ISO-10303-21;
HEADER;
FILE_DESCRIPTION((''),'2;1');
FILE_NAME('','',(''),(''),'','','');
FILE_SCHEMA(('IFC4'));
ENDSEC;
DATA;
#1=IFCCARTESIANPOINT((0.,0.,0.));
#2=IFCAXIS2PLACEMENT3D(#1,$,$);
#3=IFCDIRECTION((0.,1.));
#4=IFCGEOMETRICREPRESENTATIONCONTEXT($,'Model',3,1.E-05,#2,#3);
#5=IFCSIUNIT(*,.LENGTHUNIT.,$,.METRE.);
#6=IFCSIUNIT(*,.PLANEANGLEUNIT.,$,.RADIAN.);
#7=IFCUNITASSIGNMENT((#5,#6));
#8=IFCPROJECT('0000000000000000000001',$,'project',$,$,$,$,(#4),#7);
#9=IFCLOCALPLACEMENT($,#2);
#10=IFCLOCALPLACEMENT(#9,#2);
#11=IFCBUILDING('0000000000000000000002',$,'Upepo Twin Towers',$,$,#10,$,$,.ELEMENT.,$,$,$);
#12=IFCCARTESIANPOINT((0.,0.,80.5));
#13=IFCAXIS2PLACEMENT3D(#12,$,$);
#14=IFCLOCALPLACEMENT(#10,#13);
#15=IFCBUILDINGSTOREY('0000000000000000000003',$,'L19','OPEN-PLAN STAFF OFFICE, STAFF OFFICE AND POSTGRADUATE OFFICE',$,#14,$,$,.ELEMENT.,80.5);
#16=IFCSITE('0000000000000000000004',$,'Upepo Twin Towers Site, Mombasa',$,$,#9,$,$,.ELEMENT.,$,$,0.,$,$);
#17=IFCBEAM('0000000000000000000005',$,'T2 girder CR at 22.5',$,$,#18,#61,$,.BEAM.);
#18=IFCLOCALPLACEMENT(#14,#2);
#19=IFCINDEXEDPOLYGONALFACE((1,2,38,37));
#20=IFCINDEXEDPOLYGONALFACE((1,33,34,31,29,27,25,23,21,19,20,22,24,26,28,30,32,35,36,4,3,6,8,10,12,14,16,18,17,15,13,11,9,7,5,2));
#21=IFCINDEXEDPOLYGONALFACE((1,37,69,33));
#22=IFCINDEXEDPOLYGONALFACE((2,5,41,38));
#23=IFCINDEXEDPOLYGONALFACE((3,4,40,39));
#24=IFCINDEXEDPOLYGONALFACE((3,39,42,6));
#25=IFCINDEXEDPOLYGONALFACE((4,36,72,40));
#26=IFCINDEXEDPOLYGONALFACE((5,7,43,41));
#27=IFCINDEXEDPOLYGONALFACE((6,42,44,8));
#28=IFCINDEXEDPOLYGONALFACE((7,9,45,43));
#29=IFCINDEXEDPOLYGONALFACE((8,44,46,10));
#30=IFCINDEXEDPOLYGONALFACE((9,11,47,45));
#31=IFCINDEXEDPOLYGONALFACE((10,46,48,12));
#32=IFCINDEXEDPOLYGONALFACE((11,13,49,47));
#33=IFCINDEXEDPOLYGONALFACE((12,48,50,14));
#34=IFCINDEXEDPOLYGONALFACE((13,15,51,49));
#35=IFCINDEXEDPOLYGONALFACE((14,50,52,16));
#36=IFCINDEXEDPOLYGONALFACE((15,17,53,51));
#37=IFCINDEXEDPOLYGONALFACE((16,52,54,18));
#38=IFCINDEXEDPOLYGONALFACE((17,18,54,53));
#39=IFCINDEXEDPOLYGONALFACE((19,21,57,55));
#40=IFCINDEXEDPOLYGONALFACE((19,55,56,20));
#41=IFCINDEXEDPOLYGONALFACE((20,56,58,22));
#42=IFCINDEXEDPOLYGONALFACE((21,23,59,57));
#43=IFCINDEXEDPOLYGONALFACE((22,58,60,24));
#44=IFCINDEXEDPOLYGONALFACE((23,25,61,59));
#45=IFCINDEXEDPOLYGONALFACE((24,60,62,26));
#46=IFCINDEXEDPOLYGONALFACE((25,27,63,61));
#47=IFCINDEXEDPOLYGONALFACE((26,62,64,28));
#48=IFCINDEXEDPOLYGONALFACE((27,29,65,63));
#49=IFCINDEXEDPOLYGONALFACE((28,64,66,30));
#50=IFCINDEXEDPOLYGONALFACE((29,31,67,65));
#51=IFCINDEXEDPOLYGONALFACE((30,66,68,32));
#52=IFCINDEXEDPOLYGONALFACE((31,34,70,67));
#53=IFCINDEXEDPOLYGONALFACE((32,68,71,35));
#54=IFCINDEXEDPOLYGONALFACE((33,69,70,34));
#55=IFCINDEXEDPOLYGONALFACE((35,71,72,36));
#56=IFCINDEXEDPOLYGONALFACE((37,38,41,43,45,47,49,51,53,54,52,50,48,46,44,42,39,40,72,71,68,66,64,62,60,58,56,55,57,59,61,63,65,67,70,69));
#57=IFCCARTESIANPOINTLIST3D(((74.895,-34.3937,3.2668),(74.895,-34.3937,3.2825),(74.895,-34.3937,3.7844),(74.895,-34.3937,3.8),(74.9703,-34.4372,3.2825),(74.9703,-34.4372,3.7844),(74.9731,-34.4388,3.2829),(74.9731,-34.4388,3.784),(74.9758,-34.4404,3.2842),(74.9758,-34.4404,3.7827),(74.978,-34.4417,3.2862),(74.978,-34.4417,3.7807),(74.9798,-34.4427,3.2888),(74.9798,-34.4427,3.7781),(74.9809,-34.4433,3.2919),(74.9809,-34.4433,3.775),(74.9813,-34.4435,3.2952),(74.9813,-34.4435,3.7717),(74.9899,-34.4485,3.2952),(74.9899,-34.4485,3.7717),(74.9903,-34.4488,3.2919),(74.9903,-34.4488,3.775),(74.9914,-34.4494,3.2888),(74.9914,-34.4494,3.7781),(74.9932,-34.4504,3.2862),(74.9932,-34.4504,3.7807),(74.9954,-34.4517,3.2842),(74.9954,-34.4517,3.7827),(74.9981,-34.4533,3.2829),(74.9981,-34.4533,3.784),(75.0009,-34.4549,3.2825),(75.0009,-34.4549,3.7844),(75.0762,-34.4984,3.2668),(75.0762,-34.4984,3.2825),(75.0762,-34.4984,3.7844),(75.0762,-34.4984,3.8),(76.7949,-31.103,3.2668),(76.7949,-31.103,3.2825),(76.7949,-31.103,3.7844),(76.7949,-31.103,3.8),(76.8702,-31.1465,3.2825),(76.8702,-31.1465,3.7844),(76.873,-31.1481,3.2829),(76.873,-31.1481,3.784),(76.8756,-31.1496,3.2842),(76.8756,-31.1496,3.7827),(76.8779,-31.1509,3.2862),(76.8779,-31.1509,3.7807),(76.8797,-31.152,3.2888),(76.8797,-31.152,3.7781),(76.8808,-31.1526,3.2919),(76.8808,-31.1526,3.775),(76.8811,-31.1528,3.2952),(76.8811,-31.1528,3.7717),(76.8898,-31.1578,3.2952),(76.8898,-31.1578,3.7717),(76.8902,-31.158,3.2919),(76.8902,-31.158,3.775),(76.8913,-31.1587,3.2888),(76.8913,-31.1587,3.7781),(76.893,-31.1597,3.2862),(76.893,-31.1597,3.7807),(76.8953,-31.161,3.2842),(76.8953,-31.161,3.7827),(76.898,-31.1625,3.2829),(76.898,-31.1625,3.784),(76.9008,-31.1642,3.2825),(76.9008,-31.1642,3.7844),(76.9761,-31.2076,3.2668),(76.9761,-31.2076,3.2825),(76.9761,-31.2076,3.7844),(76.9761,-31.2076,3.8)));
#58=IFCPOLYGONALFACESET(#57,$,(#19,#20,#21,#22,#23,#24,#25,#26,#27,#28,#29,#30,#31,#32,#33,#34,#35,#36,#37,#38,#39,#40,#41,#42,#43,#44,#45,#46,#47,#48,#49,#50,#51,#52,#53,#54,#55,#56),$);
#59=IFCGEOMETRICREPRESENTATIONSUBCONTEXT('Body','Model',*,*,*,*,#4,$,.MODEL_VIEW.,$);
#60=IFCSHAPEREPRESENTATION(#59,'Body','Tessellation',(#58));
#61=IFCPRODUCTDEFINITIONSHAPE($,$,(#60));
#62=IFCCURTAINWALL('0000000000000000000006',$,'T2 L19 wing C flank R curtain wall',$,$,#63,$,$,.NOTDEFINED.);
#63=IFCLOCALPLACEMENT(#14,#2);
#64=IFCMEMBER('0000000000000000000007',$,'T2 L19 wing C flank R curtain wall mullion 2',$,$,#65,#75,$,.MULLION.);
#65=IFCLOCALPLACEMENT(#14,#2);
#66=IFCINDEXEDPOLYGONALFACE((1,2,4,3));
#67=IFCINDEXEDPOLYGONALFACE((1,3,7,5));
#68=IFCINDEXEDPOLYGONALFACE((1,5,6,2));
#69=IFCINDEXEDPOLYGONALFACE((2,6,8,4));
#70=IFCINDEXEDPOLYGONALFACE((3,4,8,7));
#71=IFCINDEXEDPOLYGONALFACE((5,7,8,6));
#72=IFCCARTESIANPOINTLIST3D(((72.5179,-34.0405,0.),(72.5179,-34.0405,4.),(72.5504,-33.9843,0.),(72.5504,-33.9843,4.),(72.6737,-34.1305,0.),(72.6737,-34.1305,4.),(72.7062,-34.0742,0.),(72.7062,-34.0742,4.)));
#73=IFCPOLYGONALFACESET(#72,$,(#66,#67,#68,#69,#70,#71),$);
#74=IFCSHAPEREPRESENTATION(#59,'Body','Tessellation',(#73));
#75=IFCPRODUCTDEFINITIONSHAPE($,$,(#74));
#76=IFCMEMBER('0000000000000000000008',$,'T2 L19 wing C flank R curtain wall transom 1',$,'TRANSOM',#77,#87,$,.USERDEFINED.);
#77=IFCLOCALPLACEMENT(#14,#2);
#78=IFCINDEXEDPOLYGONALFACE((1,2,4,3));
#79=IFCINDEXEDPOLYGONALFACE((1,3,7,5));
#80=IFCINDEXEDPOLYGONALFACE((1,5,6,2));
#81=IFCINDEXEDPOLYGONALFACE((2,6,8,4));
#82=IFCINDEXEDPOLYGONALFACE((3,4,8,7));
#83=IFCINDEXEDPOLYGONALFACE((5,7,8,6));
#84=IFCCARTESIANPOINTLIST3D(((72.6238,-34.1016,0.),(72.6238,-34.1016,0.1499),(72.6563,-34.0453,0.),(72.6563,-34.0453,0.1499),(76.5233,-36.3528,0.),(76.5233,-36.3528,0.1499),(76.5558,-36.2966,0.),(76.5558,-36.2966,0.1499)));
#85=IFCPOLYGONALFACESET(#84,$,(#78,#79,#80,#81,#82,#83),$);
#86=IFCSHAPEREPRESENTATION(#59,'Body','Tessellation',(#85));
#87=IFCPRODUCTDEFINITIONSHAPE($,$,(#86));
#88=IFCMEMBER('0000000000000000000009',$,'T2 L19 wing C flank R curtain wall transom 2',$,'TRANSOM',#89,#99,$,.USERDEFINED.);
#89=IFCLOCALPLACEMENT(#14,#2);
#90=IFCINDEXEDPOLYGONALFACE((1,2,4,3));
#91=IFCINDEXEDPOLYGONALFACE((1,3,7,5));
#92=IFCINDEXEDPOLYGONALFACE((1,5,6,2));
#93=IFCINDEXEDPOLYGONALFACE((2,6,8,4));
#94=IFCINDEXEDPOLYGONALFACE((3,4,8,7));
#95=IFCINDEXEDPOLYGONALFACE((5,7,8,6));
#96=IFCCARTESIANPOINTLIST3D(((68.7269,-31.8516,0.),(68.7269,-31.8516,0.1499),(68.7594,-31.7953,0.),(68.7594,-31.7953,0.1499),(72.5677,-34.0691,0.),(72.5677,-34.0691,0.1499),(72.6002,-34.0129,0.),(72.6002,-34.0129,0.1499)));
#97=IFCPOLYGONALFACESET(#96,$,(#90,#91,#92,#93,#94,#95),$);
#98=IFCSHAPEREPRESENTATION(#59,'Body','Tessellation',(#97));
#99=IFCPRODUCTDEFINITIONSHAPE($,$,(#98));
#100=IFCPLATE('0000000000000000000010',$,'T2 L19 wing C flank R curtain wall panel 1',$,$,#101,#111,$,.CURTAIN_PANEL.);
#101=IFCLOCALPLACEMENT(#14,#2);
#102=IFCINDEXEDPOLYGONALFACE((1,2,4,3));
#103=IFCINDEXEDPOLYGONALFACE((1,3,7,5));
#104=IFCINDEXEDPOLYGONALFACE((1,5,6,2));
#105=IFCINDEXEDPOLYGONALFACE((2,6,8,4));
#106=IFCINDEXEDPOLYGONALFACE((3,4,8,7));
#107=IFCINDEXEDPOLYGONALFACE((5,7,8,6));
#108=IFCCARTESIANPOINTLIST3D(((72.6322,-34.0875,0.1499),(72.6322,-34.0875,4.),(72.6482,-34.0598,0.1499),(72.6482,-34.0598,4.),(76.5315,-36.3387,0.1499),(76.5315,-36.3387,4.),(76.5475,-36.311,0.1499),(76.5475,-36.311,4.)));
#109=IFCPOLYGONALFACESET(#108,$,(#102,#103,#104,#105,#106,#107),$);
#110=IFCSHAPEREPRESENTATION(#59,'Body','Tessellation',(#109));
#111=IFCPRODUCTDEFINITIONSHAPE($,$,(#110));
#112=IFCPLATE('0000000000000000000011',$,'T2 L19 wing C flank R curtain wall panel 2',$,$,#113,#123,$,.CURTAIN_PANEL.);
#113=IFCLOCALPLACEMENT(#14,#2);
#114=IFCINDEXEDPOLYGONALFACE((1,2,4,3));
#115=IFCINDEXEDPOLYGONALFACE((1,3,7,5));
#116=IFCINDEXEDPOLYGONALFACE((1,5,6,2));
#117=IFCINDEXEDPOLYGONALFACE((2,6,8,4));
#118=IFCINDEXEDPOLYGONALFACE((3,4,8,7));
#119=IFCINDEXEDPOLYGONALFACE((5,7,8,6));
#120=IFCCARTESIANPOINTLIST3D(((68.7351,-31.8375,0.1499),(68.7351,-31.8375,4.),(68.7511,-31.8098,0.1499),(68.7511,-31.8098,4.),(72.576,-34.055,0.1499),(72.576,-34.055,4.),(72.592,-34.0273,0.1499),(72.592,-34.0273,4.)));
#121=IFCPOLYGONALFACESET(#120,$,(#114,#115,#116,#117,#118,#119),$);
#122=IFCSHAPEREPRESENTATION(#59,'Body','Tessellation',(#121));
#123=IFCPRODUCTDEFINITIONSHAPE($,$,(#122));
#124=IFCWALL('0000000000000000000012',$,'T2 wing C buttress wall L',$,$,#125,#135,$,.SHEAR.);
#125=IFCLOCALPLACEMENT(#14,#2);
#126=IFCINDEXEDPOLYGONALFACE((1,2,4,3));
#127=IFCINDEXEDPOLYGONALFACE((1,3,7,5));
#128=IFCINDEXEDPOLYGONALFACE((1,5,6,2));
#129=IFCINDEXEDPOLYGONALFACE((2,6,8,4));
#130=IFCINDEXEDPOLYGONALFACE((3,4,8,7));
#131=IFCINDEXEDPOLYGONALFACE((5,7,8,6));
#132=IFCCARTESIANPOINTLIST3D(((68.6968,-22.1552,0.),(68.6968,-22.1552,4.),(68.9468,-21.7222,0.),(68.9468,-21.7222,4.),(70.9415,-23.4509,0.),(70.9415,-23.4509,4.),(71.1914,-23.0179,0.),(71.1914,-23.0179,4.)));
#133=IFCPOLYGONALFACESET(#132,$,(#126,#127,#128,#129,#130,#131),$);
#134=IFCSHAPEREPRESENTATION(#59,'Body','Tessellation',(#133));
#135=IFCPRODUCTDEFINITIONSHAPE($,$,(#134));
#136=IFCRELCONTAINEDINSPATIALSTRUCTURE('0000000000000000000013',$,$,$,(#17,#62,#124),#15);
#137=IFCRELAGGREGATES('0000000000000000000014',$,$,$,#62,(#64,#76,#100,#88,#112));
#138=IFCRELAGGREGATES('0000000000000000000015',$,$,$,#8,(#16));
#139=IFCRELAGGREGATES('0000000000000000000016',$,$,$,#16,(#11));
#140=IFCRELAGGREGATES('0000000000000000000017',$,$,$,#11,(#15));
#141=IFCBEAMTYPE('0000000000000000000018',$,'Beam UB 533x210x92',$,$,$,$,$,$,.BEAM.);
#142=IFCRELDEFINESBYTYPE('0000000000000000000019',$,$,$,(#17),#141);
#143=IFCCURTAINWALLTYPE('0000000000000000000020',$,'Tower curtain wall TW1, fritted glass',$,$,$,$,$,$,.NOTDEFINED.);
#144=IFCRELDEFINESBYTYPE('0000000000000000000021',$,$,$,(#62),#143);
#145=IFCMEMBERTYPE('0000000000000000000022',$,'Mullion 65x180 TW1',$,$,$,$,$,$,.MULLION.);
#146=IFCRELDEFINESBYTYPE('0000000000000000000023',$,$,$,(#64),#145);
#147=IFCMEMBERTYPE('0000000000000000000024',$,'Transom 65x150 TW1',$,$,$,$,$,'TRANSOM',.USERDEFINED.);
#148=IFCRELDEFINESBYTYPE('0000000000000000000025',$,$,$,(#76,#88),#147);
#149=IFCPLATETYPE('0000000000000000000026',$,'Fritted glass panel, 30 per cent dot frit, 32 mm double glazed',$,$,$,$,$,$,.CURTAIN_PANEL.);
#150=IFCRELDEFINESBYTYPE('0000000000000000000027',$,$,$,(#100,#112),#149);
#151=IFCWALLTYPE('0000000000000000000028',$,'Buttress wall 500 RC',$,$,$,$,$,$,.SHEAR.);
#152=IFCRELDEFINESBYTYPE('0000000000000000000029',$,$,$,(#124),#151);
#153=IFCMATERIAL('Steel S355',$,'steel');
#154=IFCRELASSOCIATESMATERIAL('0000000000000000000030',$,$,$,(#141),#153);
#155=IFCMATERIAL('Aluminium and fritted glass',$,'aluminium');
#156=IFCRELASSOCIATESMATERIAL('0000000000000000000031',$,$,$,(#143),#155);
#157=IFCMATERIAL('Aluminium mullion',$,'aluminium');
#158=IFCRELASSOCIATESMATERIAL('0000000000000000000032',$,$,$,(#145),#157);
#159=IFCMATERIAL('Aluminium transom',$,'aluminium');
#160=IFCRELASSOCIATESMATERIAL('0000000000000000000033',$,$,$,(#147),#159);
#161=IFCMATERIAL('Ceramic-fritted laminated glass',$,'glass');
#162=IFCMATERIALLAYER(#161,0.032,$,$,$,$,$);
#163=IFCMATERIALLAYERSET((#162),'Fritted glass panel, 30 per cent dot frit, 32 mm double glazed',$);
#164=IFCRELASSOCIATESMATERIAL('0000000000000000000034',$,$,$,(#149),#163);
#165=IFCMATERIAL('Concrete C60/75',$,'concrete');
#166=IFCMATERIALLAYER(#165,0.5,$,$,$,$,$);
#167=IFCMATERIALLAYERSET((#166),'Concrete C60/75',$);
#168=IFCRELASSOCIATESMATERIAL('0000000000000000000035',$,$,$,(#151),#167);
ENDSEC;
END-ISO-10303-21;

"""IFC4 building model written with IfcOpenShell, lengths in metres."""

from ifc_helpers import new_model, si_unit, direction, frame, frame_2d, origin, origin_2d, place, context, subcontext, project, spatial, rectangle, i_section, extrude, material, layer, layer_set, material_profile, profile_set, type_object, element, aggregate, save


model = new_model("IFC4")

# Units and contexts
model_context = context("Model", 3, precision=1e-05, world=origin(), true_north=direction((0.0, 1.0)))
body_context = subcontext(model_context, "Body", "Model", "MODEL_VIEW")
ifc_project = project(units=[si_unit("LENGTHUNIT", "METRE"), si_unit("PLANEANGLEUNIT", "RADIAN")], contexts=[model_context])

# Site, building, storey
site_placement = place(None, origin())
site = spatial("IfcSite", under=ifc_project, at=site_placement, Name="Upepo Twin Towers Site, Mombasa", CompositionType="ELEMENT", RefElevation=0.0)
building_placement = place(site_placement, origin())
building = spatial("IfcBuilding", under=site, at=building_placement, Name="Upepo Twin Towers", CompositionType="ELEMENT")
storey_placement = place(building_placement, frame((0.0, 0.0, 80.5)))
storey = spatial("IfcBuildingStorey", under=building, at=storey_placement, Name="L19", Description="OPEN-PLAN STAFF OFFICE, STAFF OFFICE AND POSTGRADUATE OFFICE", CompositionType="ELEMENT", Elevation=80.5)

# Beam
ifc_material_1 = material(Name="Steel S355", Category="steel")
ifc_material_profile_1 = material_profile(ifc_material_1, i_section(OverallWidth=0.2092, OverallDepth=0.5332, WebThickness=0.01, FlangeThickness=0.0156, FilletRadius=0.0127, at=origin_2d()), Name="UB 533x210x92")
ifc_profile_set_1 = profile_set([ifc_material_profile_1], Name="Steel S355")
beam_type_1 = type_object("IfcBeamType", Name="Beam UB 533x210x92", PredefinedType="BEAM", material=ifc_profile_set_1)
beam_1_placement = place(storey_placement, frame((74.9856, -34.446, 3.5334), z_axis=(0.499995, 0.866028, 0.0), x_axis=(-0.866028, 0.499995, 0.0)))
element("IfcBeam", 1, at=beam_1_placement, inside=storey, type_object=beam_type_1, Name="T2 girder CR at 22.5", PredefinedType="BEAM", context=body_context, shape_type="SweptSolid", body=[
    extrude(i_section(OverallWidth=0.2092, OverallDepth=0.5332, WebThickness=0.01, FlangeThickness=0.0156, FilletRadius=0.0127, at=origin_2d()), origin(), (0.0, 0.0, 1.0), 3.7998),
])

# Curtain wall, members, plates
ifc_material_2 = material(Name="Aluminium and fritted glass", Category="aluminium")
curtain_wall_type = type_object("IfcCurtainWallType", Name="Tower curtain wall TW1, fritted glass", PredefinedType="NOTDEFINED", material=ifc_material_2)
curtain_wall_placement = place(storey_placement, origin())
curtain_wall = element("IfcCurtainWall", 2, at=curtain_wall_placement, inside=storey, type_object=curtain_wall_type, Name="T2 L19 wing C flank R curtain wall", PredefinedType="NOTDEFINED")
ifc_material_3 = material(Name="Aluminium mullion", Category="aluminium")
ifc_material_profile_2 = material_profile(ifc_material_3, rectangle(XDim=0.0649, YDim=0.1799, at=origin_2d()), Name="MULLION 65x180")
ifc_profile_set_2 = profile_set([ifc_material_profile_2], Name="Aluminium mullion")
member_type_1 = type_object("IfcMemberType", Name="Mullion 65x180 TW1", PredefinedType="MULLION", material=ifc_profile_set_2)
member_1_placement = place(storey_placement, frame((72.6121, -34.0574, 0.0), z_axis=(0.0, 0.0, 1.0), x_axis=(-0.5, -0.866025, 0.0)))
member_1 = element("IfcMember", 3, at=member_1_placement, type_object=member_type_1, Name="T2 L19 wing C flank R curtain wall mullion 2", PredefinedType="MULLION", context=body_context, shape_type="SweptSolid", body=[
    extrude(rectangle(XDim=0.0649, YDim=0.1799, at=origin_2d()), origin(), (0.0, 0.0, 1.0), 4.0),
])
ifc_material_4 = material(Name="Aluminium transom", Category="aluminium")
ifc_material_profile_3 = material_profile(ifc_material_4, rectangle(XDim=0.0649, YDim=0.1499, at=origin_2d()), Name="TRANSOM 65x150")
ifc_profile_set_3 = profile_set([ifc_material_profile_3], Name="Aluminium transom")
member_type_2 = type_object("IfcMemberType", Name="Transom 65x150 TW1", ElementType="TRANSOM", PredefinedType="USERDEFINED", material=ifc_profile_set_3)
member_2_placement = place(storey_placement, frame((76.5396, -36.3247, 0.075), z_axis=(-0.866036, 0.499982, 0.0), x_axis=(-0.499982, -0.866036, 0.0)))
member_2 = element("IfcMember", 4, at=member_2_placement, type_object=member_type_2, Name="T2 L19 wing C flank R curtain wall transom 1", ObjectType="TRANSOM", PredefinedType="USERDEFINED", context=body_context, shape_type="SweptSolid", body=[
    extrude(rectangle(XDim=0.0649, YDim=0.1499, at=origin_2d()), origin(), (0.0, 0.0, 1.0), 4.5027),
])
member_3_placement = place(storey_placement, frame((72.584, -34.041, 0.075), z_axis=(-0.866022, 0.500005, 0.0), x_axis=(-0.500005, -0.866022, 0.0)))
member_3 = element("IfcMember", 5, at=member_3_placement, type_object=member_type_2, Name="T2 L19 wing C flank R curtain wall transom 2", ObjectType="TRANSOM", PredefinedType="USERDEFINED", context=body_context, shape_type="SweptSolid", body=[
    extrude(rectangle(XDim=0.0649, YDim=0.1499, at=origin_2d()), origin(), (0.0, 0.0, 1.0), 4.4351),
])
ifc_material_5 = material(Name="Ceramic-fritted laminated glass", Category="glass")
ifc_layer_1 = layer(ifc_material_5, 0.032)
ifc_layer_set_1 = layer_set([ifc_layer_1], Name="Fritted glass panel, 30 per cent dot frit, 32 mm double glazed")
plate_type = type_object("IfcPlateType", Name="Fritted glass panel, 30 per cent dot frit, 32 mm double glazed", PredefinedType="CURTAIN_PANEL", material=ifc_layer_set_1)
plate_1_placement = place(storey_placement, frame((74.5898, -35.1992, 0.1499), z_axis=(0.0, 0.0, 1.0), x_axis=(-0.866025, 0.5, 0.0)))
plate_1 = element("IfcPlate", 6, at=plate_1_placement, type_object=plate_type, Name="T2 L19 wing C flank R curtain wall panel 1", PredefinedType="CURTAIN_PANEL", context=body_context, shape_type="SweptSolid", body=[
    extrude(rectangle(XDim=4.5024, YDim=0.032, at=origin_2d()), origin(), (0.0, 0.0, 1.0), 3.8501),
])
plate_2_placement = place(storey_placement, frame((70.6636, -32.9324, 0.1499), z_axis=(0.0, 0.0, 1.0), x_axis=(-0.866025, 0.5, 0.0)))
plate_2 = element("IfcPlate", 7, at=plate_2_placement, type_object=plate_type, Name="T2 L19 wing C flank R curtain wall panel 2", PredefinedType="CURTAIN_PANEL", context=body_context, shape_type="SweptSolid", body=[
    extrude(rectangle(XDim=4.4351, YDim=0.032, at=origin_2d()), origin(), (0.0, 0.0, 1.0), 3.8501),
])
aggregate(curtain_wall, [member_1, member_2, plate_1, member_3, plate_2])

# Wall
ifc_material_6 = material(Name="Concrete C60/75", Category="concrete")
ifc_layer_2 = layer(ifc_material_6, 0.5)
ifc_layer_set_2 = layer_set([ifc_layer_2], Name="Concrete C60/75")
wall_type_1 = type_object("IfcWallType", Name="Buttress wall 500 RC", PredefinedType="SHEAR", material=ifc_layer_set_2)
wall_1_placement = place(storey_placement, frame((68.8218, -21.9387, 0.0), z_axis=(0.0, 0.0, 1.0), x_axis=(0.866073, -0.499918, 0.0)))
element("IfcWall", 8, at=wall_1_placement, inside=storey, type_object=wall_type_1, Name="T2 wing C buttress wall L", PredefinedType="SHEAR", context=body_context, shape_type="SweptSolid", body=[
    extrude(rectangle(XDim=2.5918, YDim=0.5, at=frame_2d((1.2959, 0.0))), origin(), (0.0, 0.0, 1.0), 4.0),
])

save(model, "model.ifc")
